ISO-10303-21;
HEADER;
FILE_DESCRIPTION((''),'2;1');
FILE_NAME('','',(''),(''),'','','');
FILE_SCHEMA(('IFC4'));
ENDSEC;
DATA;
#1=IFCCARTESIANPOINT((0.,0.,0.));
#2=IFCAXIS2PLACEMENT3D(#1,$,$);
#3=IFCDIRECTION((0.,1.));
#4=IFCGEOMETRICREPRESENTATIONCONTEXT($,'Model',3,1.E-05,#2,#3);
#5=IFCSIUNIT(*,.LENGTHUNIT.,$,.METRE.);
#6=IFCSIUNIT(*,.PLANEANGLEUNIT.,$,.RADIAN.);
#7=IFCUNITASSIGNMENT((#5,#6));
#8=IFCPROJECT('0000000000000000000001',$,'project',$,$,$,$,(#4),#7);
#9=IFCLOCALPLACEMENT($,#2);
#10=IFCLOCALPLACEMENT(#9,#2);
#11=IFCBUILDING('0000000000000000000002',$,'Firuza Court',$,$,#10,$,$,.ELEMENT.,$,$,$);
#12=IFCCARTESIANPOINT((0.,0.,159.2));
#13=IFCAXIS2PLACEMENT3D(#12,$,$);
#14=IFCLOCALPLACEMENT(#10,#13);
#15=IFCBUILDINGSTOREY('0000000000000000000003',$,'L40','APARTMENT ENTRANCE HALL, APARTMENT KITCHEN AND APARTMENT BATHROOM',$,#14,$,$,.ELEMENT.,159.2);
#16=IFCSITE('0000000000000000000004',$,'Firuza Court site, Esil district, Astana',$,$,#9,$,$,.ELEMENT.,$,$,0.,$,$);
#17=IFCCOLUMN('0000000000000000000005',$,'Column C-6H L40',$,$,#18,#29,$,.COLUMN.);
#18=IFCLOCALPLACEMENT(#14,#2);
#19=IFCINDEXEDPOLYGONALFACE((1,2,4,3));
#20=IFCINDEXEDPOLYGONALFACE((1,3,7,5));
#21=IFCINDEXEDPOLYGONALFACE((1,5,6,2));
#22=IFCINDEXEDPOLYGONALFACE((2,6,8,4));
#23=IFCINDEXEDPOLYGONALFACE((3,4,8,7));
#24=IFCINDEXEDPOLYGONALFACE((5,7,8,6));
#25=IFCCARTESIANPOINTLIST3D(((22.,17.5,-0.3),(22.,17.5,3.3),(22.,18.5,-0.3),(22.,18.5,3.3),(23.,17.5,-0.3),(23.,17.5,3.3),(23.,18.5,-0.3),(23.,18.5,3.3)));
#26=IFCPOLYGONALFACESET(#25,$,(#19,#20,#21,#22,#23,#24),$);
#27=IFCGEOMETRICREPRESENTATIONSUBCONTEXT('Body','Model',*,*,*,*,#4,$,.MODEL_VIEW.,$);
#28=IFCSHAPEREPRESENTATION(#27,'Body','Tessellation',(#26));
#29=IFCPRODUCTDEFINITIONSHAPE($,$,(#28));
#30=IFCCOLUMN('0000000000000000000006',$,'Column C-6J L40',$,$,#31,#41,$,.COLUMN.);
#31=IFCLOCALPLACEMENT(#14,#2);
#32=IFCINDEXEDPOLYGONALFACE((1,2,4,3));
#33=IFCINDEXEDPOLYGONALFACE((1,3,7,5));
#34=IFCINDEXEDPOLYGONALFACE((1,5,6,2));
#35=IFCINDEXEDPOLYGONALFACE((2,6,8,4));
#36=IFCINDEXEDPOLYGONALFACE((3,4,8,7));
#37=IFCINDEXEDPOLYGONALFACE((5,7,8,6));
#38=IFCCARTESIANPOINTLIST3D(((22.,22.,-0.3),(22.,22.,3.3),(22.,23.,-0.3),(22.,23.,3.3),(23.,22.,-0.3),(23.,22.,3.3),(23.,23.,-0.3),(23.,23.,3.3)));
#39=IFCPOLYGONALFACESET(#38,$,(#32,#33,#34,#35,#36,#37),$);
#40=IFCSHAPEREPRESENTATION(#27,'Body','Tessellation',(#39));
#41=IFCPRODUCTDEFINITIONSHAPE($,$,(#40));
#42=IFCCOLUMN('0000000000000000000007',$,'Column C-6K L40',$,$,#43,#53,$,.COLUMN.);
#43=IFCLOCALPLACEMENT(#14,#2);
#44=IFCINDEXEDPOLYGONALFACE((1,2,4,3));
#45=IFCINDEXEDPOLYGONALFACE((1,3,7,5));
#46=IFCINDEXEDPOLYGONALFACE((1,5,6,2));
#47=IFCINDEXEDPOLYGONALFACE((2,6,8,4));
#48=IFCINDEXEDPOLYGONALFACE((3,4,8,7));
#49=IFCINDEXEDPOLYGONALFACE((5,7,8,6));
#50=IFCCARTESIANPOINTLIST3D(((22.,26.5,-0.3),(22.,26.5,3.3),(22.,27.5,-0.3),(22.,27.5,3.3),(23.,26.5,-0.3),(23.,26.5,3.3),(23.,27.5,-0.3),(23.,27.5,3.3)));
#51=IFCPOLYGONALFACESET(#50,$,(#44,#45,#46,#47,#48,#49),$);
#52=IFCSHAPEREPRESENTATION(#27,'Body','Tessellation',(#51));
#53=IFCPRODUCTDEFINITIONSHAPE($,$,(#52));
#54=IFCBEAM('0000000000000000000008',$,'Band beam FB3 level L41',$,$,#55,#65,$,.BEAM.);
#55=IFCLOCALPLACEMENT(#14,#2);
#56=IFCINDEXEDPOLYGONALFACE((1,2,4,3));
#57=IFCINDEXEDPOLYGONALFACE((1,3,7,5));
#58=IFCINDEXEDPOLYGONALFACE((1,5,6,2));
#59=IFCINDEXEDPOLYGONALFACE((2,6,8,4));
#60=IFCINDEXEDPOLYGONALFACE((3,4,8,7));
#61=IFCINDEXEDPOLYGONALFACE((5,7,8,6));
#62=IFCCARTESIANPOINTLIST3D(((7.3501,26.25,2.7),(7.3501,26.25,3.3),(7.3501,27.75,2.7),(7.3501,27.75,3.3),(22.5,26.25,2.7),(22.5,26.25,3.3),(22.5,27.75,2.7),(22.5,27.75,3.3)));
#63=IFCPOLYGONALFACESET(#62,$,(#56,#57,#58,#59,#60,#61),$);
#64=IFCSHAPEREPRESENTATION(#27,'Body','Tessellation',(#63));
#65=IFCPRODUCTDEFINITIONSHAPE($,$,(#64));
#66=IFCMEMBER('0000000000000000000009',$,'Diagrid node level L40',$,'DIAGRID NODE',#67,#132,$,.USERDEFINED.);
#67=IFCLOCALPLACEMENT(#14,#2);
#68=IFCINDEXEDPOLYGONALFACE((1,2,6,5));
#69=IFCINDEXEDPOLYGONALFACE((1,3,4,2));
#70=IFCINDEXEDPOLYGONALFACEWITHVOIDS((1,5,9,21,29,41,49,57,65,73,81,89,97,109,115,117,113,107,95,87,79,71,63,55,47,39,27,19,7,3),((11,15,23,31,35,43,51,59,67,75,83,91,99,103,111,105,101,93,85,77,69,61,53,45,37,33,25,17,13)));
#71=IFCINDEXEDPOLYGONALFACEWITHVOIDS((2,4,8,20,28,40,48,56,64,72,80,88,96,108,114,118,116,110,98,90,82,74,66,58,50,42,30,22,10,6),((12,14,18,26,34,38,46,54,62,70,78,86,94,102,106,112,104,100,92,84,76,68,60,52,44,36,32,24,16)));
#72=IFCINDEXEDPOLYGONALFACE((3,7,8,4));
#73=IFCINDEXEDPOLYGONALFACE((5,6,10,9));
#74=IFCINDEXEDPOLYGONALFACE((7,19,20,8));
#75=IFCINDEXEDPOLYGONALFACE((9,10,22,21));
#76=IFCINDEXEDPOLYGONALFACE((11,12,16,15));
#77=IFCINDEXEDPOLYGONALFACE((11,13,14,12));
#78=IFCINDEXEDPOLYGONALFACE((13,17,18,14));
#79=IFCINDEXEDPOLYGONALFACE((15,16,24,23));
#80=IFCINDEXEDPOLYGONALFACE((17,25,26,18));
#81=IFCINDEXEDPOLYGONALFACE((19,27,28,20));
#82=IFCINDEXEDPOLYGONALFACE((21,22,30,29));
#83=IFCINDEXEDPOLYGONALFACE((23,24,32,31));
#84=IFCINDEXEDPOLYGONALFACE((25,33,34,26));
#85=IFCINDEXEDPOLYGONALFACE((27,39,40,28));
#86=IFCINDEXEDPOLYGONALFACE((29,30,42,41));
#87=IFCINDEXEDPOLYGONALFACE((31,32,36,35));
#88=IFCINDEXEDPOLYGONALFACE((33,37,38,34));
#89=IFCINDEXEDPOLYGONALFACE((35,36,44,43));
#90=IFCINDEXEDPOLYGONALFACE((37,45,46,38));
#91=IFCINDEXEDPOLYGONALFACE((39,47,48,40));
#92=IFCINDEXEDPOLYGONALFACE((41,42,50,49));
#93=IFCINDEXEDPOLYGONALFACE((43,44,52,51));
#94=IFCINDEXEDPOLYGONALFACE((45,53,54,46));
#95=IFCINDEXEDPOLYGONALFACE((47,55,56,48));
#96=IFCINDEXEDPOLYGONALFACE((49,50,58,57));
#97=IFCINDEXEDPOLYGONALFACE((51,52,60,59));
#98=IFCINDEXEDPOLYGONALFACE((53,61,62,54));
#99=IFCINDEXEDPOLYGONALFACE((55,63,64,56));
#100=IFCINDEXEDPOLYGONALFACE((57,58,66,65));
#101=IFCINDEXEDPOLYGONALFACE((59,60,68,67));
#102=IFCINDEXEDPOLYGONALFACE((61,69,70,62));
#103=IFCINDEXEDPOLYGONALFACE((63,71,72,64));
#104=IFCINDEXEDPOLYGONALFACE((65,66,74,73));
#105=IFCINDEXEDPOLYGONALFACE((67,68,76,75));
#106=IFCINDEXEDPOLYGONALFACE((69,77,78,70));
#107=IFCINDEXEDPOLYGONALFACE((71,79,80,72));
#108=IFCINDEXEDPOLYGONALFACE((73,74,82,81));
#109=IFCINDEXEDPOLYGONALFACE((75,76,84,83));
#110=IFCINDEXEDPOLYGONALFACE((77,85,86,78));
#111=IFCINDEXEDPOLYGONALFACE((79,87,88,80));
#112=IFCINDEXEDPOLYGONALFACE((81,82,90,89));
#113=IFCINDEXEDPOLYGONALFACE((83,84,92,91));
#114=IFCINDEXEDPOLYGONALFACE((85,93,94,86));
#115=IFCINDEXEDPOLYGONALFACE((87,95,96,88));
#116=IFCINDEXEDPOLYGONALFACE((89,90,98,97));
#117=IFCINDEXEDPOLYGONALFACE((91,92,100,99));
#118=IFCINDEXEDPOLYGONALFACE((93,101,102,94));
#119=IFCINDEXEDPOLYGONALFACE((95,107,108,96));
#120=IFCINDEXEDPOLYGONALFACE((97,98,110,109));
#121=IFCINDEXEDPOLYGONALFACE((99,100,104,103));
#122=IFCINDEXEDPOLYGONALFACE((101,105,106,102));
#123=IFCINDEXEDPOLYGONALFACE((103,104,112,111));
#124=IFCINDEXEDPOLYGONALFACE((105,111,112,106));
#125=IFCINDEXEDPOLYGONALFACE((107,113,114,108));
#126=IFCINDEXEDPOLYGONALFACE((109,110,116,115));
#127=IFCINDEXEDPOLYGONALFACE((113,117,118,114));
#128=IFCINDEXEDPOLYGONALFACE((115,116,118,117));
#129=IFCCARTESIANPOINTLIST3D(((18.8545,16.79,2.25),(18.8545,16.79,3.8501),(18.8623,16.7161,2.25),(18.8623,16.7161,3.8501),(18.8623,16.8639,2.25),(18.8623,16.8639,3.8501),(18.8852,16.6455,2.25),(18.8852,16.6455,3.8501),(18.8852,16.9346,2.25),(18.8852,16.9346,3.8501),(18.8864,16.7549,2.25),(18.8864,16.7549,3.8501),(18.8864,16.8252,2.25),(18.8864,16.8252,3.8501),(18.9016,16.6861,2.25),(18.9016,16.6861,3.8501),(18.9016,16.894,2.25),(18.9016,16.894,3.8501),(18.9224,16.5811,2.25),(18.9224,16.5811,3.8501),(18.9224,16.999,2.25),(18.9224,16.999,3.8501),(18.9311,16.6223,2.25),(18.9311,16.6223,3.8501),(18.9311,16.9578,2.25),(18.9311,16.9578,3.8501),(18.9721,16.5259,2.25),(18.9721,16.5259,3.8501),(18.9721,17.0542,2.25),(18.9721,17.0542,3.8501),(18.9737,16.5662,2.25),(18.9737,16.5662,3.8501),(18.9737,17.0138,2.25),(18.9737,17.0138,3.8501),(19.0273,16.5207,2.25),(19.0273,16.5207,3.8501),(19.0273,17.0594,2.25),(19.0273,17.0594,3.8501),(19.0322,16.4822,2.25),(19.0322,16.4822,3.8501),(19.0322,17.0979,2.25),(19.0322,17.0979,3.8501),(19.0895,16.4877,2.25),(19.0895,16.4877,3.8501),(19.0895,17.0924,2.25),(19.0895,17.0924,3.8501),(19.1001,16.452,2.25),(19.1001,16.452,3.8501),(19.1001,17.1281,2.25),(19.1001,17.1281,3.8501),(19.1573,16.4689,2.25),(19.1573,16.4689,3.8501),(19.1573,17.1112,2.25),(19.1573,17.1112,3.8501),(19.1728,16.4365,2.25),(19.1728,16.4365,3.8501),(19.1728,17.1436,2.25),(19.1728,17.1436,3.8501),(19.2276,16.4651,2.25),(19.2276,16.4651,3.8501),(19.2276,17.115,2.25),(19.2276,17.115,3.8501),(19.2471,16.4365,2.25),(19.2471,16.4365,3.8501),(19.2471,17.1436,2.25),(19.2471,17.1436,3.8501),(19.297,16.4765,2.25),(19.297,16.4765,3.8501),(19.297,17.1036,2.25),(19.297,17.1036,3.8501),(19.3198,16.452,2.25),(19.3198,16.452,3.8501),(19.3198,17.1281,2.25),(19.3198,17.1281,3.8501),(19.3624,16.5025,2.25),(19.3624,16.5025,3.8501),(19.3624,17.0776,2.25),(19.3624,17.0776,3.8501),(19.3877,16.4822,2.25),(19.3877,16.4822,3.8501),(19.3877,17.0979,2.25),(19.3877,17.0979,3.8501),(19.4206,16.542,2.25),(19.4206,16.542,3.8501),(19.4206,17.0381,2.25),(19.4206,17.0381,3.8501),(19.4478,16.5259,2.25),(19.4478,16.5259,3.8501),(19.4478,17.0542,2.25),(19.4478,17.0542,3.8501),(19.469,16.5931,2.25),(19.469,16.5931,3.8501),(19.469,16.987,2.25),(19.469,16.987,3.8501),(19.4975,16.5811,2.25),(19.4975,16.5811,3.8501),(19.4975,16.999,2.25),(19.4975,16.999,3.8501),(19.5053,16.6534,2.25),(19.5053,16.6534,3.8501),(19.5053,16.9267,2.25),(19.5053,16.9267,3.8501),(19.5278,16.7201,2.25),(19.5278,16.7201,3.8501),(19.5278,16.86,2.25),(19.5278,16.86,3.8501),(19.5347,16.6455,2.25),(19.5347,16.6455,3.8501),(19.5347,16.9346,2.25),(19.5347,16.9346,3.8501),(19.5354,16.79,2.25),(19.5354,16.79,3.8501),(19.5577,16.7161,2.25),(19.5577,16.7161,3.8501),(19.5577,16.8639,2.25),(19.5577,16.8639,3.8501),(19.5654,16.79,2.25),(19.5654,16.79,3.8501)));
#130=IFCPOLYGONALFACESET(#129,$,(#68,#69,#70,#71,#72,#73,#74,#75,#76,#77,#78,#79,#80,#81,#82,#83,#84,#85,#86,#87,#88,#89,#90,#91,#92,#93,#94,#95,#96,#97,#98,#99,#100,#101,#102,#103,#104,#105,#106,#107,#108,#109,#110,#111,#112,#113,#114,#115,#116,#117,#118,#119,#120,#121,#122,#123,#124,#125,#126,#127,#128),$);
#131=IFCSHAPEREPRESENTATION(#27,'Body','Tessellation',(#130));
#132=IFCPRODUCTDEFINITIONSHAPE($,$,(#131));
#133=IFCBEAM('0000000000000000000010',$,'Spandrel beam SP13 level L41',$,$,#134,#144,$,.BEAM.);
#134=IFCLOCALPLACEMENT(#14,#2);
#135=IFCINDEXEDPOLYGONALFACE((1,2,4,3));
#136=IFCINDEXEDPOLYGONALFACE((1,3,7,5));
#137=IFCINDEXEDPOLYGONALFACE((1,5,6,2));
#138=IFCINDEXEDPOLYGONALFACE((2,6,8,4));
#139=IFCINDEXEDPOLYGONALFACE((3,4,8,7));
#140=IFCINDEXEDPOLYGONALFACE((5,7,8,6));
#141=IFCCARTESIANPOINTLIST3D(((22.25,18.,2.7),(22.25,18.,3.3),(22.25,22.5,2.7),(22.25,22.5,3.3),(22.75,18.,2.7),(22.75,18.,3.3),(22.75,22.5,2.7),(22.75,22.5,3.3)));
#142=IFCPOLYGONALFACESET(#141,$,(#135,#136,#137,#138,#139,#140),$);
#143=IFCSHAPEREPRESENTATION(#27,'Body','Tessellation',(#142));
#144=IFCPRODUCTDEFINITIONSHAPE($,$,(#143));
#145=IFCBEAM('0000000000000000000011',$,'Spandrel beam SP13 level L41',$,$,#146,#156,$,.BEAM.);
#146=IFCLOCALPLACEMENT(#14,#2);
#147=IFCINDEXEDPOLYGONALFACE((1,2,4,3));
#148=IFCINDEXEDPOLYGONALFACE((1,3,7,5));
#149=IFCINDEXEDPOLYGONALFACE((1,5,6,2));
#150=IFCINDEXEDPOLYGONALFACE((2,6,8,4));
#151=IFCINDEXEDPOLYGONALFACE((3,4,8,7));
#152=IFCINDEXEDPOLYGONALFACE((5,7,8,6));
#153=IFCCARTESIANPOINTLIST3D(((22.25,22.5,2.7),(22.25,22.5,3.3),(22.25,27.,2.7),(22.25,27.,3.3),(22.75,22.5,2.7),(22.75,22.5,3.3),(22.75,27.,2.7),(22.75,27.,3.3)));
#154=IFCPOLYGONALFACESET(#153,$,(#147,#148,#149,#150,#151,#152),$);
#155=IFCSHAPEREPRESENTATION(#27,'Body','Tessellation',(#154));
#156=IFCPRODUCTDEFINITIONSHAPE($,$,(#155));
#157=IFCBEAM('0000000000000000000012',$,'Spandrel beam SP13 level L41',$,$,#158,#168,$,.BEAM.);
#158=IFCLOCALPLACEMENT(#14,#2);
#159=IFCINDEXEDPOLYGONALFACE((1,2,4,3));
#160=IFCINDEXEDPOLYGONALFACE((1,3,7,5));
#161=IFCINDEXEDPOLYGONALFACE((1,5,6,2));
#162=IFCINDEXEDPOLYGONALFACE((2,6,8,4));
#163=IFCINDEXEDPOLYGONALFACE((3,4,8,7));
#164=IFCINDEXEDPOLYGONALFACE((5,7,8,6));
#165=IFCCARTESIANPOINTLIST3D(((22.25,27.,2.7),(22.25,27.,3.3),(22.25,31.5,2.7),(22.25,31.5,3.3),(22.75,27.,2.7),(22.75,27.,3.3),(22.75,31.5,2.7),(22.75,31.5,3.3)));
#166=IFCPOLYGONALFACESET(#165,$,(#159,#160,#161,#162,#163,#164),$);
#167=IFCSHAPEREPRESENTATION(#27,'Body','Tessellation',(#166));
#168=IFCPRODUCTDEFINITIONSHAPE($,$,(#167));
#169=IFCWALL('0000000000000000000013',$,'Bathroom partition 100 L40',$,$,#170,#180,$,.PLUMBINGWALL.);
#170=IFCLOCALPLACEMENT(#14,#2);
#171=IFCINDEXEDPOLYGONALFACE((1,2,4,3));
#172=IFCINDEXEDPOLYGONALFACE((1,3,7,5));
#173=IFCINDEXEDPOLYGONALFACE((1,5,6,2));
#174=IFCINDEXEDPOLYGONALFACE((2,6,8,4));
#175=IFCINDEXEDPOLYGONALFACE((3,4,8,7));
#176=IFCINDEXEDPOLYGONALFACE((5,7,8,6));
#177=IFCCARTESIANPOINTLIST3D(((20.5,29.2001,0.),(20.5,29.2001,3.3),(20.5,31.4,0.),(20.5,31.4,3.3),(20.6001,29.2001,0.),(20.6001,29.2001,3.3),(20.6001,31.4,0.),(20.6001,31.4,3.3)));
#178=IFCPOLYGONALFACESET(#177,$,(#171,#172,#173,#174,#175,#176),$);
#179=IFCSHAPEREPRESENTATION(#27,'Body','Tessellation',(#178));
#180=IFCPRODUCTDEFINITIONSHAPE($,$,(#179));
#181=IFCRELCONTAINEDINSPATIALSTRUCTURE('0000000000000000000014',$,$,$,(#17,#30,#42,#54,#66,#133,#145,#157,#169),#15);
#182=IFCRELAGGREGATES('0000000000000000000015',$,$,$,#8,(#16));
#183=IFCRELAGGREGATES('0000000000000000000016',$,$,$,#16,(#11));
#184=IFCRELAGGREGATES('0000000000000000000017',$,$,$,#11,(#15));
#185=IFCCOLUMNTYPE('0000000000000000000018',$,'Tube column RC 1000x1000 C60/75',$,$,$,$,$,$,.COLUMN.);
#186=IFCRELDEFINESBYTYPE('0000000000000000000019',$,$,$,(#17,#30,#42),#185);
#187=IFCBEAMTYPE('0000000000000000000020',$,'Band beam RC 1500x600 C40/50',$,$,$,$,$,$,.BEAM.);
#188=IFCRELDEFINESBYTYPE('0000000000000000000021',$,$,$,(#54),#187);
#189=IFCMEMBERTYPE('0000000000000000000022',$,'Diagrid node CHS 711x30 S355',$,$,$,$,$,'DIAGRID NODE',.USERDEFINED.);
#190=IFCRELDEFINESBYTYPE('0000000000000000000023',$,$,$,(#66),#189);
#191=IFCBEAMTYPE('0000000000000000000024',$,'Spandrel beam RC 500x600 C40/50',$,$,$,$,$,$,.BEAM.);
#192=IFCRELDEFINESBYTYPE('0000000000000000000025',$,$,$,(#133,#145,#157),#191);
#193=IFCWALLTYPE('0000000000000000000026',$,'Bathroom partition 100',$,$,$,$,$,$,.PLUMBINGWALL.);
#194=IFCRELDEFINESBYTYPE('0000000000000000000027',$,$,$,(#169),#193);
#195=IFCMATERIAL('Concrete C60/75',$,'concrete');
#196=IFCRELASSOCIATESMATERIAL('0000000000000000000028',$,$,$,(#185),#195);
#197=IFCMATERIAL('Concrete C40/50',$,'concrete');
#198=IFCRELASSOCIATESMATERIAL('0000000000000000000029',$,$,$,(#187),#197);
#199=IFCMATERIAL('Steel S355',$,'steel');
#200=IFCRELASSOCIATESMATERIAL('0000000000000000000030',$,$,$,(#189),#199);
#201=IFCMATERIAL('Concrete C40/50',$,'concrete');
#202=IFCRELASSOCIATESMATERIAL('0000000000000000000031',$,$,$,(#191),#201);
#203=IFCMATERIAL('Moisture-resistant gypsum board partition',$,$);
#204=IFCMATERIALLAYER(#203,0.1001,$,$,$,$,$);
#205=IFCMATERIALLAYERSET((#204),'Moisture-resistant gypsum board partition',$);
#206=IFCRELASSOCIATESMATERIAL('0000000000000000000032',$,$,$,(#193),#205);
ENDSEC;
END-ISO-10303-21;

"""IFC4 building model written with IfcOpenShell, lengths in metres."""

from ifc_helpers import new_model, si_unit, direction, frame, frame_2d, origin, origin_2d, place, context, subcontext, project, spatial, rectangle, hollow_circle, extrude, material, layer, layer_set, material_profile, profile_set, type_object, element, save


model = new_model("IFC4")

# Units and contexts
model_context = context("Model", 3, precision=1e-05, world=origin(), true_north=direction((0.0, 1.0)))
body_context = subcontext(model_context, "Body", "Model", "MODEL_VIEW")
ifc_project = project(units=[si_unit("LENGTHUNIT", "METRE"), si_unit("PLANEANGLEUNIT", "RADIAN")], contexts=[model_context])

# Site, building, storey
site_placement = place(None, origin())
site = spatial("IfcSite", under=ifc_project, at=site_placement, Name="Firuza Court site, Esil district, Astana", CompositionType="ELEMENT", RefElevation=0.0)
building_placement = place(site_placement, origin())
building = spatial("IfcBuilding", under=site, at=building_placement, Name="Firuza Court", CompositionType="ELEMENT")
storey_placement = place(building_placement, frame((0.0, 0.0, 159.2)))
storey = spatial("IfcBuildingStorey", under=building, at=storey_placement, Name="L40", Description="APARTMENT ENTRANCE HALL, APARTMENT KITCHEN AND APARTMENT BATHROOM", CompositionType="ELEMENT", Elevation=159.2)

# Columns
ifc_material_1 = material(Name="Concrete C60/75", Category="concrete")
ifc_material_profile_1 = material_profile(ifc_material_1, rectangle(XDim=1.0, YDim=1.0, at=origin_2d()), Name="RC 1000x1000")
ifc_profile_set_1 = profile_set([ifc_material_profile_1], Name="Concrete C60/75")
column_type = type_object("IfcColumnType", Name="Tube column RC 1000x1000 C60/75", PredefinedType="COLUMN", material=ifc_profile_set_1)
for number, where, z_axis, x_axis, name in (
    (1, (22.5, 18.0, -0.3), (0.0, 0.0, 1.0), (1.0, 0.0, 0.0), "Column C-6H L40"),
    (2, (22.5, 22.5, -0.3), (0.0, 0.0, 1.0), (1.0, 0.0, 0.0), "Column C-6J L40"),
    (3, (22.5, 27.0, -0.3), (0.0, 0.0, 1.0), (1.0, 0.0, 0.0), "Column C-6K L40"),
):
    element("IfcColumn", number, at=place(storey_placement, frame(where, z_axis=z_axis, x_axis=x_axis)), inside=storey, type_object=column_type, Name=name, PredefinedType="COLUMN", context=body_context, shape_type="SweptSolid", body=[
        extrude(rectangle(XDim=1.0, YDim=1.0, at=origin_2d()), origin(), (0.0, 0.0, 1.0), 3.6001),
    ])

# Beam
ifc_material_2 = material(Name="Concrete C40/50", Category="concrete")
ifc_material_profile_2 = material_profile(ifc_material_2, rectangle(XDim=1.5, YDim=0.6001, at=origin_2d()), Name="RC 1500x600")
ifc_profile_set_2 = profile_set([ifc_material_profile_2], Name="Concrete C40/50")
beam_type_1 = type_object("IfcBeamType", Name="Band beam RC 1500x600 C40/50", PredefinedType="BEAM", material=ifc_profile_set_2)
beam_placement = place(storey_placement, frame((22.5, 27.0, 3.0), z_axis=(-1.0, 0.0, 0.0), x_axis=(0.0, -1.0, 0.0)))
element("IfcBeam", 4, at=beam_placement, inside=storey, type_object=beam_type_1, Name="Band beam FB3 level L41", PredefinedType="BEAM", context=body_context, shape_type="SweptSolid", body=[
    extrude(rectangle(XDim=1.5, YDim=0.6001, at=origin_2d()), origin(), (0.0, 0.0, 1.0), 15.1499),
])

# Member
ifc_material_3 = material(Name="Steel S355", Category="steel")
ifc_material_profile_3 = material_profile(ifc_material_3, hollow_circle(Radius=0.3555, WallThickness=0.03, at=origin_2d()), Name="CHS 711x30")
ifc_profile_set_3 = profile_set([ifc_material_profile_3], Name="Steel S355")
member_type = type_object("IfcMemberType", Name="Diagrid node CHS 711x30 S355", ElementType="DIAGRID NODE", PredefinedType="USERDEFINED", material=ifc_profile_set_3)
member_placement = place(storey_placement, frame((19.21, 16.79, 2.25), z_axis=(0.0, 0.0, 1.0), x_axis=(1.0, 0.0, 0.0)))
element("IfcMember", 5, at=member_placement, inside=storey, type_object=member_type, Name="Diagrid node level L40", ObjectType="DIAGRID NODE", PredefinedType="USERDEFINED", context=body_context, shape_type="SweptSolid", body=[
    extrude(hollow_circle(Radius=0.3555, WallThickness=0.03, at=origin_2d()), origin(), (0.0, 0.0, 1.0), 1.6001),
])

# Beams
ifc_material_4 = material(Name="Concrete C40/50", Category="concrete")
ifc_material_profile_4 = material_profile(ifc_material_4, rectangle(XDim=0.5, YDim=0.6001, at=origin_2d()), Name="RC 500x600")
ifc_profile_set_4 = profile_set([ifc_material_profile_4], Name="Concrete C40/50")
beam_type_2 = type_object("IfcBeamType", Name="Spandrel beam RC 500x600 C40/50", PredefinedType="BEAM", material=ifc_profile_set_4)
for number, where, z_axis, x_axis, name in (
    (6, (22.5, 18.0, 3.0), (0.0, 1.0, 0.0), (-1.0, 0.0, 0.0), "Spandrel beam SP13 level L41"),
    (7, (22.5, 22.5, 3.0), (0.0, 1.0, 0.0), (-1.0, 0.0, 0.0), "Spandrel beam SP13 level L41"),
    (8, (22.5, 27.0, 3.0), (0.0, 1.0, 0.0), (-1.0, 0.0, 0.0), "Spandrel beam SP13 level L41"),
):
    element("IfcBeam", number, at=place(storey_placement, frame(where, z_axis=z_axis, x_axis=x_axis)), inside=storey, type_object=beam_type_2, Name=name, PredefinedType="BEAM", context=body_context, shape_type="SweptSolid", body=[
        extrude(rectangle(XDim=0.5, YDim=0.6001, at=origin_2d()), origin(), (0.0, 0.0, 1.0), 4.5),
    ])

# Wall
ifc_material_5 = material(Name="Moisture-resistant gypsum board partition")
ifc_layer_1 = layer(ifc_material_5, 0.1001)
ifc_layer_set_1 = layer_set([ifc_layer_1], Name="Moisture-resistant gypsum board partition")
wall_type_1 = type_object("IfcWallType", Name="Bathroom partition 100", PredefinedType="PLUMBINGWALL", material=ifc_layer_set_1)
wall_1_placement = place(storey_placement, frame((20.55, 29.2, 0.0), z_axis=(0.0, 0.0, 1.0), x_axis=(0.0, 1.0, 0.0)))
element("IfcWall", 9, at=wall_1_placement, inside=storey, type_object=wall_type_1, Name="Bathroom partition 100 L40", PredefinedType="PLUMBINGWALL", context=body_context, shape_type="SweptSolid", body=[
    extrude(rectangle(XDim=2.2, YDim=0.1001, at=frame_2d((1.1001, 0.0))), origin(), (0.0, 0.0, 1.0), 3.3),
])

save(model, "model.ifc")
